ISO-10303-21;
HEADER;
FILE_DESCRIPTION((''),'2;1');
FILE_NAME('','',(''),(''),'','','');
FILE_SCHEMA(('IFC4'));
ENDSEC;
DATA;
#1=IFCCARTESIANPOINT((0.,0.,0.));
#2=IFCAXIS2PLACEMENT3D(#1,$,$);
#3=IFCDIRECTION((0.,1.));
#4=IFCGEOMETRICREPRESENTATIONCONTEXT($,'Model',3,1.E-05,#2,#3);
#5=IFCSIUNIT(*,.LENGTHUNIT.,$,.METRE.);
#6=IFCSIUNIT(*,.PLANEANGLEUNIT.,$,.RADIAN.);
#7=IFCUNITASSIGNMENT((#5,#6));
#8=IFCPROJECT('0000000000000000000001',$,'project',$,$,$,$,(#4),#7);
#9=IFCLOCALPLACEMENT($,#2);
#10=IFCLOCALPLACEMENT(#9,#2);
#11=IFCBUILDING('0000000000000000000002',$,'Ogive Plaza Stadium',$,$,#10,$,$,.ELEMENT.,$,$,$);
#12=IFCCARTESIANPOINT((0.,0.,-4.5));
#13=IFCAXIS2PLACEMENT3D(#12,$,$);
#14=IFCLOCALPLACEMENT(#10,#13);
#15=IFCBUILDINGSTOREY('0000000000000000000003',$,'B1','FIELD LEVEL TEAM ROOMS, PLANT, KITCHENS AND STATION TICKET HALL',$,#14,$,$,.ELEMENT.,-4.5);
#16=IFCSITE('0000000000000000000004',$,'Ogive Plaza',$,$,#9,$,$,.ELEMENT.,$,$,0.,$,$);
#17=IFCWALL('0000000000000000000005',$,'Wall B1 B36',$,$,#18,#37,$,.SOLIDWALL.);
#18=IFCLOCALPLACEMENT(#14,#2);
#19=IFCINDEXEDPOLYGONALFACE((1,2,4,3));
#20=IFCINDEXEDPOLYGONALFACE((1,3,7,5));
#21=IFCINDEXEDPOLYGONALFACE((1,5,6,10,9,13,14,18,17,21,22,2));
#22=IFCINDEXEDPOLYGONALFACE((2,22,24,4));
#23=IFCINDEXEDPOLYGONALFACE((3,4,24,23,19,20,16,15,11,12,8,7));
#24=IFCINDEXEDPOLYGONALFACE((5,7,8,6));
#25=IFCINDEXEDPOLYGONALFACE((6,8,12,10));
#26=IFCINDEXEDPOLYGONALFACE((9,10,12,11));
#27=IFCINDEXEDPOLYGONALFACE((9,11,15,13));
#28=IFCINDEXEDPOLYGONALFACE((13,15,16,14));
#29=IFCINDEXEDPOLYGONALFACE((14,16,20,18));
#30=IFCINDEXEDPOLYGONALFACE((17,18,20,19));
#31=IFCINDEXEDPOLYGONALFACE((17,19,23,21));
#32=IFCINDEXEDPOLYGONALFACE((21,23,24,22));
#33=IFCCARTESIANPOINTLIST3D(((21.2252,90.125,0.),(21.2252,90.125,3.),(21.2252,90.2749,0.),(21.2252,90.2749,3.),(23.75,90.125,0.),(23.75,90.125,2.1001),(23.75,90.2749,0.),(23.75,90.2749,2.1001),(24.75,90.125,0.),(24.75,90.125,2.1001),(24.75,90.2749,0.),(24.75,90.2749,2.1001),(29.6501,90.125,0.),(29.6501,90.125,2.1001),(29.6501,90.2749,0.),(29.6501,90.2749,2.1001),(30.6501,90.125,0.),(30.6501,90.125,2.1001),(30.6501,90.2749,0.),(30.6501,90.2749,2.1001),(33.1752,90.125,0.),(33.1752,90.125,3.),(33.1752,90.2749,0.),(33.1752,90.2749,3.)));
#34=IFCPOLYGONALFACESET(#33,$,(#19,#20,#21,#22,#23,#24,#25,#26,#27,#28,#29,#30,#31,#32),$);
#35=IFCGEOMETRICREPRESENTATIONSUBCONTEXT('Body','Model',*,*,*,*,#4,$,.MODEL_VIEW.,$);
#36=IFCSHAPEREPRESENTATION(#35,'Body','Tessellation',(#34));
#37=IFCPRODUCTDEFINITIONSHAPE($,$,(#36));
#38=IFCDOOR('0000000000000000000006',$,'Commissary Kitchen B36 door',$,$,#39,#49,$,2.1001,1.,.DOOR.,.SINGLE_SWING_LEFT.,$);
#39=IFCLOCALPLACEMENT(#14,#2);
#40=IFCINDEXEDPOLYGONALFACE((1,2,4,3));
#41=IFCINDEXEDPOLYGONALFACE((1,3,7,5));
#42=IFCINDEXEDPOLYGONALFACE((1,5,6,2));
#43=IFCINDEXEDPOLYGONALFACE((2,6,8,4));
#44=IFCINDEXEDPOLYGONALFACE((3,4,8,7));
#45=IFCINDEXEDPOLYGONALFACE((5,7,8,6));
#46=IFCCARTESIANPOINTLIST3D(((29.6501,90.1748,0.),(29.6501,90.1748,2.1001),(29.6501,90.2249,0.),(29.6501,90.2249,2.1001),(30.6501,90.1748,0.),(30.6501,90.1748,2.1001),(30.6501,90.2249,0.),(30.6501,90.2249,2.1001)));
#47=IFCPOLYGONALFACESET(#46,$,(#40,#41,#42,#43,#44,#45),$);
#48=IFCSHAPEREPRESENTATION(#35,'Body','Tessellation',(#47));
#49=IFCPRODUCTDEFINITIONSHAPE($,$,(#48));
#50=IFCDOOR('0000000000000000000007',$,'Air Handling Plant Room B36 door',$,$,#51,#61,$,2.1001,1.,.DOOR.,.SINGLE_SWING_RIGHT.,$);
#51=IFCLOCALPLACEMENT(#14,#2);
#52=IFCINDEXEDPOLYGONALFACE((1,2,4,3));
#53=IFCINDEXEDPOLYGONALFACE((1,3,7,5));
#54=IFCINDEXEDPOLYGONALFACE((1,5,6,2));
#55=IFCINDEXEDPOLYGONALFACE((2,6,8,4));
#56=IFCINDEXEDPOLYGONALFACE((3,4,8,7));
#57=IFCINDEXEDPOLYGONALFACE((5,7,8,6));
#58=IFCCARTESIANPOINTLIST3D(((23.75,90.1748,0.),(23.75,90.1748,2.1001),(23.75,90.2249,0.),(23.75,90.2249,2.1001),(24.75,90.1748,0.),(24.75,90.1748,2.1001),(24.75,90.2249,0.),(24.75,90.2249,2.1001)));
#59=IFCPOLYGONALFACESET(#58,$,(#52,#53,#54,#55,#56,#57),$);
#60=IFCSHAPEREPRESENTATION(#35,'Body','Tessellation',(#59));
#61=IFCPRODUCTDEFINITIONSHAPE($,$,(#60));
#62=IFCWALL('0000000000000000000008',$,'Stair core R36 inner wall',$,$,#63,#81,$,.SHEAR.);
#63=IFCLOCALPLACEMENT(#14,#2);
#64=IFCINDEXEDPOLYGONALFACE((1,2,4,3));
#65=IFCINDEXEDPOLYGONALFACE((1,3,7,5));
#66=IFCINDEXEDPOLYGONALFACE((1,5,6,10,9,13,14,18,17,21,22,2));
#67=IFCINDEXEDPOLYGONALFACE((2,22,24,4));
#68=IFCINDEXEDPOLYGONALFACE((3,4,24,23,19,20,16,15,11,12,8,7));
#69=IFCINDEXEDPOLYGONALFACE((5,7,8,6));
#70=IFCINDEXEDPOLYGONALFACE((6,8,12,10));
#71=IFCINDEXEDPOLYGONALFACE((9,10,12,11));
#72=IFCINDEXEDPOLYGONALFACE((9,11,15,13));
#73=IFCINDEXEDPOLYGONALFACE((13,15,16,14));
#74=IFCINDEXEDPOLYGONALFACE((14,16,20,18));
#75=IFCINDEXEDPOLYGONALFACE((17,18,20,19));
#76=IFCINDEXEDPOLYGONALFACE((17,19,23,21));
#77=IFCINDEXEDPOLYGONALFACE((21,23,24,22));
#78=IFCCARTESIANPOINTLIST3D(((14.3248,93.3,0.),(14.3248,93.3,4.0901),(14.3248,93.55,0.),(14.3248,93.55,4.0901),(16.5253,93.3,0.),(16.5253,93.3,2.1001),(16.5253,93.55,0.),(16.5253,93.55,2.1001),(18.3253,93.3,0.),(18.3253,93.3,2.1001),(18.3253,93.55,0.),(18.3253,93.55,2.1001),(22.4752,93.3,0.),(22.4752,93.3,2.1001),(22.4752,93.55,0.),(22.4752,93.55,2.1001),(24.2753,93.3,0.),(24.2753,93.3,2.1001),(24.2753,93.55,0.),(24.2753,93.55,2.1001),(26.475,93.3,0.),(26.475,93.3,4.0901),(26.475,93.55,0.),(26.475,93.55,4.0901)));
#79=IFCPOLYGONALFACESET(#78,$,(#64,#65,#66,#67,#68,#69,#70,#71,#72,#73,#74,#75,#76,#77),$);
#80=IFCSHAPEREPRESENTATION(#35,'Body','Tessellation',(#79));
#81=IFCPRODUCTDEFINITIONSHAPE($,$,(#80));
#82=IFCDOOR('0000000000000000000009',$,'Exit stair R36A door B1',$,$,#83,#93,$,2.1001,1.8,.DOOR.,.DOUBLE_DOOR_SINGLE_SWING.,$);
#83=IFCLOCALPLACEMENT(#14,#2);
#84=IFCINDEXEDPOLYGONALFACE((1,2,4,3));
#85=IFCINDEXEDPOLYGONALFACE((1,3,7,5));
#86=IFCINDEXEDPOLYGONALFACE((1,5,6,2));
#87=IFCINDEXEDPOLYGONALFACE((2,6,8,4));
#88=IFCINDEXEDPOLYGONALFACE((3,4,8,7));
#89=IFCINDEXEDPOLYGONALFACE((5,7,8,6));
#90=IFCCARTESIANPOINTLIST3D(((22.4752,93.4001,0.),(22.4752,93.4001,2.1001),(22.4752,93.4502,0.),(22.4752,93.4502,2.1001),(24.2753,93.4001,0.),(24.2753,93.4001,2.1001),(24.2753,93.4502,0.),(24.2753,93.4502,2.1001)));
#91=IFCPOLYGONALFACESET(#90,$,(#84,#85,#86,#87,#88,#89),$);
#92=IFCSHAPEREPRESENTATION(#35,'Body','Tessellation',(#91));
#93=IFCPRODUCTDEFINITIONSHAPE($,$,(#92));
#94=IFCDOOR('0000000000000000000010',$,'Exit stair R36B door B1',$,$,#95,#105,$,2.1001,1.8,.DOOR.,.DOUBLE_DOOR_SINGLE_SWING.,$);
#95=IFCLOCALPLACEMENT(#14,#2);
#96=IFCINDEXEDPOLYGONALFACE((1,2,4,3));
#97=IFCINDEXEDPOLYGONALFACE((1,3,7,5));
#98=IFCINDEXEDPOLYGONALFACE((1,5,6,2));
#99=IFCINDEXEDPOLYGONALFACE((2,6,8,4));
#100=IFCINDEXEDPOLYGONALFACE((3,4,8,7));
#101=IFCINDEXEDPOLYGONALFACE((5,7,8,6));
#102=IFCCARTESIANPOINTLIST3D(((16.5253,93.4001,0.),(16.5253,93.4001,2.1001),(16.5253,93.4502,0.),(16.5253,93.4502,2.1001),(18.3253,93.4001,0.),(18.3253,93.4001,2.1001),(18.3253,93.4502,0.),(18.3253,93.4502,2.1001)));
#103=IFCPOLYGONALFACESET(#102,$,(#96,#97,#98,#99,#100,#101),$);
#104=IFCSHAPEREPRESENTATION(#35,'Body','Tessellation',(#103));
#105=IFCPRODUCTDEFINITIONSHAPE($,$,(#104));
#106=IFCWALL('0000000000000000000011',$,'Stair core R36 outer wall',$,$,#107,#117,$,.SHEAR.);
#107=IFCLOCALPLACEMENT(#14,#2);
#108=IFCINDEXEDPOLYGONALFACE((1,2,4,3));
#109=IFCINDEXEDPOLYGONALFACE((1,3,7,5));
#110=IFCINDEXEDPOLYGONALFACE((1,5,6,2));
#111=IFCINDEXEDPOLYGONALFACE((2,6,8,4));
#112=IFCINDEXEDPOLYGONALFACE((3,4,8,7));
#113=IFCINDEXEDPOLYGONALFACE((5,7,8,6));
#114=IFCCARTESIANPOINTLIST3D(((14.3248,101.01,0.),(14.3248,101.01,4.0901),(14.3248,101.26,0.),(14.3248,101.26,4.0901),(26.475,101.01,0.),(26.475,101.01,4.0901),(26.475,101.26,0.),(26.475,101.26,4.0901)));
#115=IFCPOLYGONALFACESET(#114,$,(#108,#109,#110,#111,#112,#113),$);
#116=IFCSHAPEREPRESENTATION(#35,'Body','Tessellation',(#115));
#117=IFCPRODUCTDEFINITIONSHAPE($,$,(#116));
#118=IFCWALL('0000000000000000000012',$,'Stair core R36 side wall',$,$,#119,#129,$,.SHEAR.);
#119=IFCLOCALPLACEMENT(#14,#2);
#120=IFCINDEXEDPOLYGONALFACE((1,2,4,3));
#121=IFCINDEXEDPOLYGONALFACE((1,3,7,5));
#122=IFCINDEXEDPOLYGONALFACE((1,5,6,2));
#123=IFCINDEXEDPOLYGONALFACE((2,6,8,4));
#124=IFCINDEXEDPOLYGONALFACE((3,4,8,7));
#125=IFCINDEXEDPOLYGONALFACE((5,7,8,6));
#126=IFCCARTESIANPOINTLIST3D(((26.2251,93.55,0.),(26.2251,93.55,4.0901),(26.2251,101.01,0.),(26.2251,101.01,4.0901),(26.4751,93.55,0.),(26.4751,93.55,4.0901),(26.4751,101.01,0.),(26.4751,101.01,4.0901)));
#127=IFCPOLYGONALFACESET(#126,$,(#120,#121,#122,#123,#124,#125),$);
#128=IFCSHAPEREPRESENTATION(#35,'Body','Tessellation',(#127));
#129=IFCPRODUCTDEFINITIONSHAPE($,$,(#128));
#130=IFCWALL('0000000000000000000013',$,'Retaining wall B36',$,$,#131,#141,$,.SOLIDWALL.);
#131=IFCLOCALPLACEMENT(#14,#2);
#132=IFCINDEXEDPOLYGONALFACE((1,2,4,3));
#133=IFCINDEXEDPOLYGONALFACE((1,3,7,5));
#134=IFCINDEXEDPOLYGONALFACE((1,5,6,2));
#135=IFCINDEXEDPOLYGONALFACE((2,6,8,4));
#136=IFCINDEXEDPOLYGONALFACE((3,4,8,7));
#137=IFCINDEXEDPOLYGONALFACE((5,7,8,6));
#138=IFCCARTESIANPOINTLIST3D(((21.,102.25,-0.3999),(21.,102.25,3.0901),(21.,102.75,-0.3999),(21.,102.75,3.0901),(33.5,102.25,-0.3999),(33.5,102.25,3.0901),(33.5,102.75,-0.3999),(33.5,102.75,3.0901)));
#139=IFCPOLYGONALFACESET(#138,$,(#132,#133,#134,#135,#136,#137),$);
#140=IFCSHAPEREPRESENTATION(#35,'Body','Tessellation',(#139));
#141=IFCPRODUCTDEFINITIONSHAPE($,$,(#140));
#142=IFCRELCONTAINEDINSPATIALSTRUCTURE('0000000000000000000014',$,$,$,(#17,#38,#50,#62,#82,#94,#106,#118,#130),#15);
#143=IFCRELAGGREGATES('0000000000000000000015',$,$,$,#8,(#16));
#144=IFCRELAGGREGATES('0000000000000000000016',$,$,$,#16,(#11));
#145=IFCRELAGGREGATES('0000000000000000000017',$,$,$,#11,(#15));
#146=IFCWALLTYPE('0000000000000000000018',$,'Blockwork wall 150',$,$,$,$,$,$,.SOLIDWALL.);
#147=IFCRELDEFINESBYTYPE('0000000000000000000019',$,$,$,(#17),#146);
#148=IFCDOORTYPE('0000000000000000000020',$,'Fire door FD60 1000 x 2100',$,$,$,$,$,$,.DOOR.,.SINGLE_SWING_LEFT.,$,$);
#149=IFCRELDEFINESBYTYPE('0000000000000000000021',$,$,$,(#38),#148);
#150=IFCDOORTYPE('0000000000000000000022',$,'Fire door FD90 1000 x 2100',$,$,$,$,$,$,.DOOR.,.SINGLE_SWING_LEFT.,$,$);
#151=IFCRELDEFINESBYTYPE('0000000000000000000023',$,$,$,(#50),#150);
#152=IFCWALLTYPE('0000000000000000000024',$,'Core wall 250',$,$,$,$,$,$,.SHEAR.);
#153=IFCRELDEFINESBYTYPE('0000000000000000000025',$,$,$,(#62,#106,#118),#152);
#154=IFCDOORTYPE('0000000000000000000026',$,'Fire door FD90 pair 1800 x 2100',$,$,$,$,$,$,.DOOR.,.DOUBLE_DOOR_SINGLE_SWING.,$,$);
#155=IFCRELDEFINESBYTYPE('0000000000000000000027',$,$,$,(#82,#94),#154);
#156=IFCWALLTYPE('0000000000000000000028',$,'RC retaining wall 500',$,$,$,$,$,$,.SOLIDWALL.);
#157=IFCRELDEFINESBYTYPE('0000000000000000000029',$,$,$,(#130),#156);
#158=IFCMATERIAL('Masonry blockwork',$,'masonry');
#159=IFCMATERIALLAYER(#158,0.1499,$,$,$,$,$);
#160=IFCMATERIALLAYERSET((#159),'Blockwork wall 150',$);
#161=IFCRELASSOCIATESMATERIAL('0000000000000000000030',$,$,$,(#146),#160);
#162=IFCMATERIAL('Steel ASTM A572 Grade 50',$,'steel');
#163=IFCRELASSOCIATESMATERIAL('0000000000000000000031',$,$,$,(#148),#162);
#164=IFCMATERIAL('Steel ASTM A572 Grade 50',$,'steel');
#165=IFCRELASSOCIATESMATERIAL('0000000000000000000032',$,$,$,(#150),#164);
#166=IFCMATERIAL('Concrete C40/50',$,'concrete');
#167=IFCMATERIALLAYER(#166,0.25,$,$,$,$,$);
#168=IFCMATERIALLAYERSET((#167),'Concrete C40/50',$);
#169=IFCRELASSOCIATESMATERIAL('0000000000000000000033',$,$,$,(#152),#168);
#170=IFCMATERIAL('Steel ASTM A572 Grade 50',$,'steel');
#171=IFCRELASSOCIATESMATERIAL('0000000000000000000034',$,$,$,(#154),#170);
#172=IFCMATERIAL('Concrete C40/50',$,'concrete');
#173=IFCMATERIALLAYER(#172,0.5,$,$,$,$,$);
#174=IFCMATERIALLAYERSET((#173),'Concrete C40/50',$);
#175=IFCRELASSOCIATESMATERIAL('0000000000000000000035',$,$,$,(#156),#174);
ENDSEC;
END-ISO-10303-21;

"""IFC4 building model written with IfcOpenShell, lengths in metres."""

from ifc_helpers import new_model, si_unit, direction, frame, frame_2d, origin, place, context, subcontext, project, spatial, rectangle, extrude, material, layer, layer_set, type_object, element, fill, save


model = new_model("IFC4")

# Units and contexts
model_context = context("Model", 3, precision=1e-05, world=origin(), true_north=direction((0.0, 1.0)))
body_context = subcontext(model_context, "Body", "Model", "MODEL_VIEW")
ifc_project = project(units=[si_unit("LENGTHUNIT", "METRE"), si_unit("PLANEANGLEUNIT", "RADIAN")], contexts=[model_context])

# Site, building, storey
site_placement = place(None, origin())
site = spatial("IfcSite", under=ifc_project, at=site_placement, Name="Ogive Plaza", CompositionType="ELEMENT", RefElevation=0.0)
building_placement = place(site_placement, origin())
building = spatial("IfcBuilding", under=site, at=building_placement, Name="Ogive Plaza Stadium", CompositionType="ELEMENT")
storey_placement = place(building_placement, frame((0.0, 0.0, -4.5)))
storey = spatial("IfcBuildingStorey", under=building, at=storey_placement, Name="B1", Description="FIELD LEVEL TEAM ROOMS, PLANT, KITCHENS AND STATION TICKET HALL", CompositionType="ELEMENT", Elevation=-4.5)

# Walls, openings, doors
ifc_material_1 = material(Name="Masonry blockwork", Category="masonry")
ifc_layer_1 = layer(ifc_material_1, 0.1499)
ifc_layer_set_1 = layer_set([ifc_layer_1], Name="Blockwork wall 150")
wall_type_1 = type_object("IfcWallType", Name="Blockwork wall 150", PredefinedType="SOLIDWALL", material=ifc_layer_set_1)
wall_1_placement = place(storey_placement, frame((21.2251, 90.2, 0.0), z_axis=(0.0, 0.0, 1.0), x_axis=(1.0, 0.0, 0.0)))
wall_1 = element("IfcWall", 1, at=wall_1_placement, inside=storey, type_object=wall_type_1, Name="Wall B1 B36", PredefinedType="SOLIDWALL", context=body_context, shape_type="SweptSolid", body=[
    extrude(rectangle(XDim=11.95, YDim=0.1499, at=frame_2d((5.9751, 0.0))), origin(), (0.0, 0.0, 1.0), 3.0),
])
opening_1_placement = place(wall_1_placement, frame((2.5249, 0.0, 0.0)))
opening_1 = element("IfcOpeningElement", 2, at=opening_1_placement, cuts=wall_1, PredefinedType="OPENING", context=body_context, shape_type="SweptSolid", body=[
    extrude(rectangle(XDim=1.0, YDim=2.1001, at=frame_2d((0.5, 1.05))), frame((0.0, 0.075, 0.0), z_axis=(0.0, -1.0, 0.0), x_axis=(1.0, 0.0, 0.0)), (0.0, 0.0, 1.0), 0.1499),
])
opening_2_placement = place(wall_1_placement, frame((8.425, 0.0, 0.0)))
opening_2 = element("IfcOpeningElement", 3, at=opening_2_placement, cuts=wall_1, PredefinedType="OPENING", context=body_context, shape_type="SweptSolid", body=[
    extrude(rectangle(XDim=1.0, YDim=2.1001, at=frame_2d((0.5, 1.05))), frame((0.0, 0.075, 0.0), z_axis=(0.0, -1.0, 0.0), x_axis=(1.0, 0.0, 0.0)), (0.0, 0.0, 1.0), 0.1499),
])
ifc_material_2 = material(Name="Steel ASTM A572 Grade 50", Category="steel")
door_type_1 = type_object("IfcDoorType", Name="Fire door FD60 1000 x 2100", OperationType="SINGLE_SWING_LEFT", PredefinedType="DOOR", material=ifc_material_2)
door_1_placement = place(opening_2_placement, origin())
door_1 = element("IfcDoor", 4, at=door_1_placement, inside=storey, type_object=door_type_1, Name="Commissary Kitchen B36 door", OperationType="SINGLE_SWING_LEFT", OverallHeight=2.1001, OverallWidth=1.0, PredefinedType="DOOR", context=body_context, shape_type="SweptSolid", body=[
    extrude(rectangle(XDim=1.0, YDim=2.1001, at=frame_2d((0.5, 1.05))), frame((0.0, 0.0249, 0.0), z_axis=(0.0, -1.0, 0.0), x_axis=(1.0, 0.0, 0.0)), (0.0, 0.0, 1.0), 0.05),
])
fill(opening_2, door_1)
ifc_material_3 = material(Name="Steel ASTM A572 Grade 50", Category="steel")
door_type_2 = type_object("IfcDoorType", Name="Fire door FD90 1000 x 2100", OperationType="SINGLE_SWING_LEFT", PredefinedType="DOOR", material=ifc_material_3)
door_2_placement = place(opening_1_placement, origin())
door_2 = element("IfcDoor", 5, at=door_2_placement, inside=storey, type_object=door_type_2, Name="Air Handling Plant Room B36 door", OperationType="SINGLE_SWING_RIGHT", OverallHeight=2.1001, OverallWidth=1.0, PredefinedType="DOOR", context=body_context, shape_type="SweptSolid", body=[
    extrude(rectangle(XDim=1.0, YDim=2.1001, at=frame_2d((0.5, 1.05))), frame((0.0, 0.0249, 0.0), z_axis=(0.0, -1.0, 0.0), x_axis=(1.0, 0.0, 0.0)), (0.0, 0.0, 1.0), 0.05),
])
fill(opening_1, door_2)
ifc_material_4 = material(Name="Concrete C40/50", Category="concrete")
ifc_layer_2 = layer(ifc_material_4, 0.25)
ifc_layer_set_2 = layer_set([ifc_layer_2], Name="Concrete C40/50")
wall_type_2 = type_object("IfcWallType", Name="Core wall 250", PredefinedType="SHEAR", material=ifc_layer_set_2)
wall_2_placement = place(storey_placement, frame((26.4751, 93.425, 0.0), z_axis=(0.0, 0.0, 1.0), x_axis=(-1.0, 0.0, 0.0)))
wall_2 = element("IfcWall", 6, at=wall_2_placement, inside=storey, type_object=wall_type_2, Name="Stair core R36 inner wall", PredefinedType="SHEAR", context=body_context, shape_type="SweptSolid", body=[
    extrude(rectangle(XDim=12.1501, YDim=0.25, at=frame_2d((6.0752, 0.0))), origin(), (0.0, 0.0, 1.0), 4.0901),
])
opening_3_placement = place(wall_2_placement, frame((2.2, 0.0, 0.0)))
opening_3 = element("IfcOpeningElement", 7, at=opening_3_placement, cuts=wall_2, PredefinedType="OPENING", context=body_context, shape_type="SweptSolid", body=[
    extrude(rectangle(XDim=1.8, YDim=2.1001, at=frame_2d((0.8999, 1.05))), frame((0.0, 0.125, 0.0), z_axis=(0.0, -1.0, 0.0), x_axis=(1.0, 0.0, 0.0)), (0.0, 0.0, 1.0), 0.25),
])
opening_4_placement = place(wall_2_placement, frame((8.1499, 0.0, 0.0)))
opening_4 = element("IfcOpeningElement", 8, at=opening_4_placement, cuts=wall_2, PredefinedType="OPENING", context=body_context, shape_type="SweptSolid", body=[
    extrude(rectangle(XDim=1.8, YDim=2.1001, at=frame_2d((0.8999, 1.05))), frame((0.0, 0.125, 0.0), z_axis=(0.0, -1.0, 0.0), x_axis=(1.0, 0.0, 0.0)), (0.0, 0.0, 1.0), 0.25),
])
ifc_material_5 = material(Name="Steel ASTM A572 Grade 50", Category="steel")
door_type_3 = type_object("IfcDoorType", Name="Fire door FD90 pair 1800 x 2100", OperationType="DOUBLE_DOOR_SINGLE_SWING", PredefinedType="DOOR", material=ifc_material_5)
door_3_placement = place(opening_3_placement, origin())
door_3 = element("IfcDoor", 9, at=door_3_placement, inside=storey, type_object=door_type_3, Name="Exit stair R36A door B1", OperationType="DOUBLE_DOOR_SINGLE_SWING", OverallHeight=2.1001, OverallWidth=1.8, PredefinedType="DOOR", context=body_context, shape_type="SweptSolid", body=[
    extrude(rectangle(XDim=1.8, YDim=2.1001, at=frame_2d((0.8999, 1.05))), frame((0.0, 0.0249, 0.0), z_axis=(0.0, -1.0, 0.0), x_axis=(1.0, 0.0, 0.0)), (0.0, 0.0, 1.0), 0.05),
])
fill(opening_3, door_3)
door_4_placement = place(opening_4_placement, origin())
door_4 = element("IfcDoor", 10, at=door_4_placement, inside=storey, type_object=door_type_3, Name="Exit stair R36B door B1", OperationType="DOUBLE_DOOR_SINGLE_SWING", OverallHeight=2.1001, OverallWidth=1.8, PredefinedType="DOOR", context=body_context, shape_type="SweptSolid", body=[
    extrude(rectangle(XDim=1.8, YDim=2.1001, at=frame_2d((0.8999, 1.05))), frame((0.0, 0.0249, 0.0), z_axis=(0.0, -1.0, 0.0), x_axis=(1.0, 0.0, 0.0)), (0.0, 0.0, 1.0), 0.05),
])
fill(opening_4, door_4)

# Walls
wall_3_placement = place(storey_placement, frame((26.4751, 101.135, 0.0), z_axis=(0.0, 0.0, 1.0), x_axis=(-1.0, 0.0, 0.0)))
element("IfcWall", 11, at=wall_3_placement, inside=storey, type_object=wall_type_2, Name="Stair core R36 outer wall", PredefinedType="SHEAR", context=body_context, shape_type="SweptSolid", body=[
    extrude(rectangle(XDim=12.1501, YDim=0.25, at=frame_2d((6.0752, 0.0))), origin(), (0.0, 0.0, 1.0), 4.0901),
])
wall_4_placement = place(storey_placement, frame((26.3501, 93.55, 0.0), z_axis=(0.0, 0.0, 1.0), x_axis=(0.0, 1.0, 0.0)))
element("IfcWall", 12, at=wall_4_placement, inside=storey, type_object=wall_type_2, Name="Stair core R36 side wall", PredefinedType="SHEAR", context=body_context, shape_type="SweptSolid", body=[
    extrude(rectangle(XDim=7.46, YDim=0.25, at=frame_2d((3.73, 0.0))), origin(), (0.0, 0.0, 1.0), 4.0901),
])
ifc_material_6 = material(Name="Concrete C40/50", Category="concrete")
ifc_layer_3 = layer(ifc_material_6, 0.5)
ifc_layer_set_3 = layer_set([ifc_layer_3], Name="Concrete C40/50")
wall_type_3 = type_object("IfcWallType", Name="RC retaining wall 500", PredefinedType="SOLIDWALL", material=ifc_layer_set_3)
wall_5_placement = place(storey_placement, frame((21.0, 102.5, -0.3999), z_axis=(0.0, 0.0, 1.0), x_axis=(1.0, 0.0, 0.0)))
element("IfcWall", 13, at=wall_5_placement, inside=storey, type_object=wall_type_3, Name="Retaining wall B36", PredefinedType="SOLIDWALL", context=body_context, shape_type="SweptSolid", body=[
    extrude(rectangle(XDim=12.5, YDim=0.5, at=frame_2d((6.25, 0.0))), origin(), (0.0, 0.0, 1.0), 3.49),
])

save(model, "model.ifc")
